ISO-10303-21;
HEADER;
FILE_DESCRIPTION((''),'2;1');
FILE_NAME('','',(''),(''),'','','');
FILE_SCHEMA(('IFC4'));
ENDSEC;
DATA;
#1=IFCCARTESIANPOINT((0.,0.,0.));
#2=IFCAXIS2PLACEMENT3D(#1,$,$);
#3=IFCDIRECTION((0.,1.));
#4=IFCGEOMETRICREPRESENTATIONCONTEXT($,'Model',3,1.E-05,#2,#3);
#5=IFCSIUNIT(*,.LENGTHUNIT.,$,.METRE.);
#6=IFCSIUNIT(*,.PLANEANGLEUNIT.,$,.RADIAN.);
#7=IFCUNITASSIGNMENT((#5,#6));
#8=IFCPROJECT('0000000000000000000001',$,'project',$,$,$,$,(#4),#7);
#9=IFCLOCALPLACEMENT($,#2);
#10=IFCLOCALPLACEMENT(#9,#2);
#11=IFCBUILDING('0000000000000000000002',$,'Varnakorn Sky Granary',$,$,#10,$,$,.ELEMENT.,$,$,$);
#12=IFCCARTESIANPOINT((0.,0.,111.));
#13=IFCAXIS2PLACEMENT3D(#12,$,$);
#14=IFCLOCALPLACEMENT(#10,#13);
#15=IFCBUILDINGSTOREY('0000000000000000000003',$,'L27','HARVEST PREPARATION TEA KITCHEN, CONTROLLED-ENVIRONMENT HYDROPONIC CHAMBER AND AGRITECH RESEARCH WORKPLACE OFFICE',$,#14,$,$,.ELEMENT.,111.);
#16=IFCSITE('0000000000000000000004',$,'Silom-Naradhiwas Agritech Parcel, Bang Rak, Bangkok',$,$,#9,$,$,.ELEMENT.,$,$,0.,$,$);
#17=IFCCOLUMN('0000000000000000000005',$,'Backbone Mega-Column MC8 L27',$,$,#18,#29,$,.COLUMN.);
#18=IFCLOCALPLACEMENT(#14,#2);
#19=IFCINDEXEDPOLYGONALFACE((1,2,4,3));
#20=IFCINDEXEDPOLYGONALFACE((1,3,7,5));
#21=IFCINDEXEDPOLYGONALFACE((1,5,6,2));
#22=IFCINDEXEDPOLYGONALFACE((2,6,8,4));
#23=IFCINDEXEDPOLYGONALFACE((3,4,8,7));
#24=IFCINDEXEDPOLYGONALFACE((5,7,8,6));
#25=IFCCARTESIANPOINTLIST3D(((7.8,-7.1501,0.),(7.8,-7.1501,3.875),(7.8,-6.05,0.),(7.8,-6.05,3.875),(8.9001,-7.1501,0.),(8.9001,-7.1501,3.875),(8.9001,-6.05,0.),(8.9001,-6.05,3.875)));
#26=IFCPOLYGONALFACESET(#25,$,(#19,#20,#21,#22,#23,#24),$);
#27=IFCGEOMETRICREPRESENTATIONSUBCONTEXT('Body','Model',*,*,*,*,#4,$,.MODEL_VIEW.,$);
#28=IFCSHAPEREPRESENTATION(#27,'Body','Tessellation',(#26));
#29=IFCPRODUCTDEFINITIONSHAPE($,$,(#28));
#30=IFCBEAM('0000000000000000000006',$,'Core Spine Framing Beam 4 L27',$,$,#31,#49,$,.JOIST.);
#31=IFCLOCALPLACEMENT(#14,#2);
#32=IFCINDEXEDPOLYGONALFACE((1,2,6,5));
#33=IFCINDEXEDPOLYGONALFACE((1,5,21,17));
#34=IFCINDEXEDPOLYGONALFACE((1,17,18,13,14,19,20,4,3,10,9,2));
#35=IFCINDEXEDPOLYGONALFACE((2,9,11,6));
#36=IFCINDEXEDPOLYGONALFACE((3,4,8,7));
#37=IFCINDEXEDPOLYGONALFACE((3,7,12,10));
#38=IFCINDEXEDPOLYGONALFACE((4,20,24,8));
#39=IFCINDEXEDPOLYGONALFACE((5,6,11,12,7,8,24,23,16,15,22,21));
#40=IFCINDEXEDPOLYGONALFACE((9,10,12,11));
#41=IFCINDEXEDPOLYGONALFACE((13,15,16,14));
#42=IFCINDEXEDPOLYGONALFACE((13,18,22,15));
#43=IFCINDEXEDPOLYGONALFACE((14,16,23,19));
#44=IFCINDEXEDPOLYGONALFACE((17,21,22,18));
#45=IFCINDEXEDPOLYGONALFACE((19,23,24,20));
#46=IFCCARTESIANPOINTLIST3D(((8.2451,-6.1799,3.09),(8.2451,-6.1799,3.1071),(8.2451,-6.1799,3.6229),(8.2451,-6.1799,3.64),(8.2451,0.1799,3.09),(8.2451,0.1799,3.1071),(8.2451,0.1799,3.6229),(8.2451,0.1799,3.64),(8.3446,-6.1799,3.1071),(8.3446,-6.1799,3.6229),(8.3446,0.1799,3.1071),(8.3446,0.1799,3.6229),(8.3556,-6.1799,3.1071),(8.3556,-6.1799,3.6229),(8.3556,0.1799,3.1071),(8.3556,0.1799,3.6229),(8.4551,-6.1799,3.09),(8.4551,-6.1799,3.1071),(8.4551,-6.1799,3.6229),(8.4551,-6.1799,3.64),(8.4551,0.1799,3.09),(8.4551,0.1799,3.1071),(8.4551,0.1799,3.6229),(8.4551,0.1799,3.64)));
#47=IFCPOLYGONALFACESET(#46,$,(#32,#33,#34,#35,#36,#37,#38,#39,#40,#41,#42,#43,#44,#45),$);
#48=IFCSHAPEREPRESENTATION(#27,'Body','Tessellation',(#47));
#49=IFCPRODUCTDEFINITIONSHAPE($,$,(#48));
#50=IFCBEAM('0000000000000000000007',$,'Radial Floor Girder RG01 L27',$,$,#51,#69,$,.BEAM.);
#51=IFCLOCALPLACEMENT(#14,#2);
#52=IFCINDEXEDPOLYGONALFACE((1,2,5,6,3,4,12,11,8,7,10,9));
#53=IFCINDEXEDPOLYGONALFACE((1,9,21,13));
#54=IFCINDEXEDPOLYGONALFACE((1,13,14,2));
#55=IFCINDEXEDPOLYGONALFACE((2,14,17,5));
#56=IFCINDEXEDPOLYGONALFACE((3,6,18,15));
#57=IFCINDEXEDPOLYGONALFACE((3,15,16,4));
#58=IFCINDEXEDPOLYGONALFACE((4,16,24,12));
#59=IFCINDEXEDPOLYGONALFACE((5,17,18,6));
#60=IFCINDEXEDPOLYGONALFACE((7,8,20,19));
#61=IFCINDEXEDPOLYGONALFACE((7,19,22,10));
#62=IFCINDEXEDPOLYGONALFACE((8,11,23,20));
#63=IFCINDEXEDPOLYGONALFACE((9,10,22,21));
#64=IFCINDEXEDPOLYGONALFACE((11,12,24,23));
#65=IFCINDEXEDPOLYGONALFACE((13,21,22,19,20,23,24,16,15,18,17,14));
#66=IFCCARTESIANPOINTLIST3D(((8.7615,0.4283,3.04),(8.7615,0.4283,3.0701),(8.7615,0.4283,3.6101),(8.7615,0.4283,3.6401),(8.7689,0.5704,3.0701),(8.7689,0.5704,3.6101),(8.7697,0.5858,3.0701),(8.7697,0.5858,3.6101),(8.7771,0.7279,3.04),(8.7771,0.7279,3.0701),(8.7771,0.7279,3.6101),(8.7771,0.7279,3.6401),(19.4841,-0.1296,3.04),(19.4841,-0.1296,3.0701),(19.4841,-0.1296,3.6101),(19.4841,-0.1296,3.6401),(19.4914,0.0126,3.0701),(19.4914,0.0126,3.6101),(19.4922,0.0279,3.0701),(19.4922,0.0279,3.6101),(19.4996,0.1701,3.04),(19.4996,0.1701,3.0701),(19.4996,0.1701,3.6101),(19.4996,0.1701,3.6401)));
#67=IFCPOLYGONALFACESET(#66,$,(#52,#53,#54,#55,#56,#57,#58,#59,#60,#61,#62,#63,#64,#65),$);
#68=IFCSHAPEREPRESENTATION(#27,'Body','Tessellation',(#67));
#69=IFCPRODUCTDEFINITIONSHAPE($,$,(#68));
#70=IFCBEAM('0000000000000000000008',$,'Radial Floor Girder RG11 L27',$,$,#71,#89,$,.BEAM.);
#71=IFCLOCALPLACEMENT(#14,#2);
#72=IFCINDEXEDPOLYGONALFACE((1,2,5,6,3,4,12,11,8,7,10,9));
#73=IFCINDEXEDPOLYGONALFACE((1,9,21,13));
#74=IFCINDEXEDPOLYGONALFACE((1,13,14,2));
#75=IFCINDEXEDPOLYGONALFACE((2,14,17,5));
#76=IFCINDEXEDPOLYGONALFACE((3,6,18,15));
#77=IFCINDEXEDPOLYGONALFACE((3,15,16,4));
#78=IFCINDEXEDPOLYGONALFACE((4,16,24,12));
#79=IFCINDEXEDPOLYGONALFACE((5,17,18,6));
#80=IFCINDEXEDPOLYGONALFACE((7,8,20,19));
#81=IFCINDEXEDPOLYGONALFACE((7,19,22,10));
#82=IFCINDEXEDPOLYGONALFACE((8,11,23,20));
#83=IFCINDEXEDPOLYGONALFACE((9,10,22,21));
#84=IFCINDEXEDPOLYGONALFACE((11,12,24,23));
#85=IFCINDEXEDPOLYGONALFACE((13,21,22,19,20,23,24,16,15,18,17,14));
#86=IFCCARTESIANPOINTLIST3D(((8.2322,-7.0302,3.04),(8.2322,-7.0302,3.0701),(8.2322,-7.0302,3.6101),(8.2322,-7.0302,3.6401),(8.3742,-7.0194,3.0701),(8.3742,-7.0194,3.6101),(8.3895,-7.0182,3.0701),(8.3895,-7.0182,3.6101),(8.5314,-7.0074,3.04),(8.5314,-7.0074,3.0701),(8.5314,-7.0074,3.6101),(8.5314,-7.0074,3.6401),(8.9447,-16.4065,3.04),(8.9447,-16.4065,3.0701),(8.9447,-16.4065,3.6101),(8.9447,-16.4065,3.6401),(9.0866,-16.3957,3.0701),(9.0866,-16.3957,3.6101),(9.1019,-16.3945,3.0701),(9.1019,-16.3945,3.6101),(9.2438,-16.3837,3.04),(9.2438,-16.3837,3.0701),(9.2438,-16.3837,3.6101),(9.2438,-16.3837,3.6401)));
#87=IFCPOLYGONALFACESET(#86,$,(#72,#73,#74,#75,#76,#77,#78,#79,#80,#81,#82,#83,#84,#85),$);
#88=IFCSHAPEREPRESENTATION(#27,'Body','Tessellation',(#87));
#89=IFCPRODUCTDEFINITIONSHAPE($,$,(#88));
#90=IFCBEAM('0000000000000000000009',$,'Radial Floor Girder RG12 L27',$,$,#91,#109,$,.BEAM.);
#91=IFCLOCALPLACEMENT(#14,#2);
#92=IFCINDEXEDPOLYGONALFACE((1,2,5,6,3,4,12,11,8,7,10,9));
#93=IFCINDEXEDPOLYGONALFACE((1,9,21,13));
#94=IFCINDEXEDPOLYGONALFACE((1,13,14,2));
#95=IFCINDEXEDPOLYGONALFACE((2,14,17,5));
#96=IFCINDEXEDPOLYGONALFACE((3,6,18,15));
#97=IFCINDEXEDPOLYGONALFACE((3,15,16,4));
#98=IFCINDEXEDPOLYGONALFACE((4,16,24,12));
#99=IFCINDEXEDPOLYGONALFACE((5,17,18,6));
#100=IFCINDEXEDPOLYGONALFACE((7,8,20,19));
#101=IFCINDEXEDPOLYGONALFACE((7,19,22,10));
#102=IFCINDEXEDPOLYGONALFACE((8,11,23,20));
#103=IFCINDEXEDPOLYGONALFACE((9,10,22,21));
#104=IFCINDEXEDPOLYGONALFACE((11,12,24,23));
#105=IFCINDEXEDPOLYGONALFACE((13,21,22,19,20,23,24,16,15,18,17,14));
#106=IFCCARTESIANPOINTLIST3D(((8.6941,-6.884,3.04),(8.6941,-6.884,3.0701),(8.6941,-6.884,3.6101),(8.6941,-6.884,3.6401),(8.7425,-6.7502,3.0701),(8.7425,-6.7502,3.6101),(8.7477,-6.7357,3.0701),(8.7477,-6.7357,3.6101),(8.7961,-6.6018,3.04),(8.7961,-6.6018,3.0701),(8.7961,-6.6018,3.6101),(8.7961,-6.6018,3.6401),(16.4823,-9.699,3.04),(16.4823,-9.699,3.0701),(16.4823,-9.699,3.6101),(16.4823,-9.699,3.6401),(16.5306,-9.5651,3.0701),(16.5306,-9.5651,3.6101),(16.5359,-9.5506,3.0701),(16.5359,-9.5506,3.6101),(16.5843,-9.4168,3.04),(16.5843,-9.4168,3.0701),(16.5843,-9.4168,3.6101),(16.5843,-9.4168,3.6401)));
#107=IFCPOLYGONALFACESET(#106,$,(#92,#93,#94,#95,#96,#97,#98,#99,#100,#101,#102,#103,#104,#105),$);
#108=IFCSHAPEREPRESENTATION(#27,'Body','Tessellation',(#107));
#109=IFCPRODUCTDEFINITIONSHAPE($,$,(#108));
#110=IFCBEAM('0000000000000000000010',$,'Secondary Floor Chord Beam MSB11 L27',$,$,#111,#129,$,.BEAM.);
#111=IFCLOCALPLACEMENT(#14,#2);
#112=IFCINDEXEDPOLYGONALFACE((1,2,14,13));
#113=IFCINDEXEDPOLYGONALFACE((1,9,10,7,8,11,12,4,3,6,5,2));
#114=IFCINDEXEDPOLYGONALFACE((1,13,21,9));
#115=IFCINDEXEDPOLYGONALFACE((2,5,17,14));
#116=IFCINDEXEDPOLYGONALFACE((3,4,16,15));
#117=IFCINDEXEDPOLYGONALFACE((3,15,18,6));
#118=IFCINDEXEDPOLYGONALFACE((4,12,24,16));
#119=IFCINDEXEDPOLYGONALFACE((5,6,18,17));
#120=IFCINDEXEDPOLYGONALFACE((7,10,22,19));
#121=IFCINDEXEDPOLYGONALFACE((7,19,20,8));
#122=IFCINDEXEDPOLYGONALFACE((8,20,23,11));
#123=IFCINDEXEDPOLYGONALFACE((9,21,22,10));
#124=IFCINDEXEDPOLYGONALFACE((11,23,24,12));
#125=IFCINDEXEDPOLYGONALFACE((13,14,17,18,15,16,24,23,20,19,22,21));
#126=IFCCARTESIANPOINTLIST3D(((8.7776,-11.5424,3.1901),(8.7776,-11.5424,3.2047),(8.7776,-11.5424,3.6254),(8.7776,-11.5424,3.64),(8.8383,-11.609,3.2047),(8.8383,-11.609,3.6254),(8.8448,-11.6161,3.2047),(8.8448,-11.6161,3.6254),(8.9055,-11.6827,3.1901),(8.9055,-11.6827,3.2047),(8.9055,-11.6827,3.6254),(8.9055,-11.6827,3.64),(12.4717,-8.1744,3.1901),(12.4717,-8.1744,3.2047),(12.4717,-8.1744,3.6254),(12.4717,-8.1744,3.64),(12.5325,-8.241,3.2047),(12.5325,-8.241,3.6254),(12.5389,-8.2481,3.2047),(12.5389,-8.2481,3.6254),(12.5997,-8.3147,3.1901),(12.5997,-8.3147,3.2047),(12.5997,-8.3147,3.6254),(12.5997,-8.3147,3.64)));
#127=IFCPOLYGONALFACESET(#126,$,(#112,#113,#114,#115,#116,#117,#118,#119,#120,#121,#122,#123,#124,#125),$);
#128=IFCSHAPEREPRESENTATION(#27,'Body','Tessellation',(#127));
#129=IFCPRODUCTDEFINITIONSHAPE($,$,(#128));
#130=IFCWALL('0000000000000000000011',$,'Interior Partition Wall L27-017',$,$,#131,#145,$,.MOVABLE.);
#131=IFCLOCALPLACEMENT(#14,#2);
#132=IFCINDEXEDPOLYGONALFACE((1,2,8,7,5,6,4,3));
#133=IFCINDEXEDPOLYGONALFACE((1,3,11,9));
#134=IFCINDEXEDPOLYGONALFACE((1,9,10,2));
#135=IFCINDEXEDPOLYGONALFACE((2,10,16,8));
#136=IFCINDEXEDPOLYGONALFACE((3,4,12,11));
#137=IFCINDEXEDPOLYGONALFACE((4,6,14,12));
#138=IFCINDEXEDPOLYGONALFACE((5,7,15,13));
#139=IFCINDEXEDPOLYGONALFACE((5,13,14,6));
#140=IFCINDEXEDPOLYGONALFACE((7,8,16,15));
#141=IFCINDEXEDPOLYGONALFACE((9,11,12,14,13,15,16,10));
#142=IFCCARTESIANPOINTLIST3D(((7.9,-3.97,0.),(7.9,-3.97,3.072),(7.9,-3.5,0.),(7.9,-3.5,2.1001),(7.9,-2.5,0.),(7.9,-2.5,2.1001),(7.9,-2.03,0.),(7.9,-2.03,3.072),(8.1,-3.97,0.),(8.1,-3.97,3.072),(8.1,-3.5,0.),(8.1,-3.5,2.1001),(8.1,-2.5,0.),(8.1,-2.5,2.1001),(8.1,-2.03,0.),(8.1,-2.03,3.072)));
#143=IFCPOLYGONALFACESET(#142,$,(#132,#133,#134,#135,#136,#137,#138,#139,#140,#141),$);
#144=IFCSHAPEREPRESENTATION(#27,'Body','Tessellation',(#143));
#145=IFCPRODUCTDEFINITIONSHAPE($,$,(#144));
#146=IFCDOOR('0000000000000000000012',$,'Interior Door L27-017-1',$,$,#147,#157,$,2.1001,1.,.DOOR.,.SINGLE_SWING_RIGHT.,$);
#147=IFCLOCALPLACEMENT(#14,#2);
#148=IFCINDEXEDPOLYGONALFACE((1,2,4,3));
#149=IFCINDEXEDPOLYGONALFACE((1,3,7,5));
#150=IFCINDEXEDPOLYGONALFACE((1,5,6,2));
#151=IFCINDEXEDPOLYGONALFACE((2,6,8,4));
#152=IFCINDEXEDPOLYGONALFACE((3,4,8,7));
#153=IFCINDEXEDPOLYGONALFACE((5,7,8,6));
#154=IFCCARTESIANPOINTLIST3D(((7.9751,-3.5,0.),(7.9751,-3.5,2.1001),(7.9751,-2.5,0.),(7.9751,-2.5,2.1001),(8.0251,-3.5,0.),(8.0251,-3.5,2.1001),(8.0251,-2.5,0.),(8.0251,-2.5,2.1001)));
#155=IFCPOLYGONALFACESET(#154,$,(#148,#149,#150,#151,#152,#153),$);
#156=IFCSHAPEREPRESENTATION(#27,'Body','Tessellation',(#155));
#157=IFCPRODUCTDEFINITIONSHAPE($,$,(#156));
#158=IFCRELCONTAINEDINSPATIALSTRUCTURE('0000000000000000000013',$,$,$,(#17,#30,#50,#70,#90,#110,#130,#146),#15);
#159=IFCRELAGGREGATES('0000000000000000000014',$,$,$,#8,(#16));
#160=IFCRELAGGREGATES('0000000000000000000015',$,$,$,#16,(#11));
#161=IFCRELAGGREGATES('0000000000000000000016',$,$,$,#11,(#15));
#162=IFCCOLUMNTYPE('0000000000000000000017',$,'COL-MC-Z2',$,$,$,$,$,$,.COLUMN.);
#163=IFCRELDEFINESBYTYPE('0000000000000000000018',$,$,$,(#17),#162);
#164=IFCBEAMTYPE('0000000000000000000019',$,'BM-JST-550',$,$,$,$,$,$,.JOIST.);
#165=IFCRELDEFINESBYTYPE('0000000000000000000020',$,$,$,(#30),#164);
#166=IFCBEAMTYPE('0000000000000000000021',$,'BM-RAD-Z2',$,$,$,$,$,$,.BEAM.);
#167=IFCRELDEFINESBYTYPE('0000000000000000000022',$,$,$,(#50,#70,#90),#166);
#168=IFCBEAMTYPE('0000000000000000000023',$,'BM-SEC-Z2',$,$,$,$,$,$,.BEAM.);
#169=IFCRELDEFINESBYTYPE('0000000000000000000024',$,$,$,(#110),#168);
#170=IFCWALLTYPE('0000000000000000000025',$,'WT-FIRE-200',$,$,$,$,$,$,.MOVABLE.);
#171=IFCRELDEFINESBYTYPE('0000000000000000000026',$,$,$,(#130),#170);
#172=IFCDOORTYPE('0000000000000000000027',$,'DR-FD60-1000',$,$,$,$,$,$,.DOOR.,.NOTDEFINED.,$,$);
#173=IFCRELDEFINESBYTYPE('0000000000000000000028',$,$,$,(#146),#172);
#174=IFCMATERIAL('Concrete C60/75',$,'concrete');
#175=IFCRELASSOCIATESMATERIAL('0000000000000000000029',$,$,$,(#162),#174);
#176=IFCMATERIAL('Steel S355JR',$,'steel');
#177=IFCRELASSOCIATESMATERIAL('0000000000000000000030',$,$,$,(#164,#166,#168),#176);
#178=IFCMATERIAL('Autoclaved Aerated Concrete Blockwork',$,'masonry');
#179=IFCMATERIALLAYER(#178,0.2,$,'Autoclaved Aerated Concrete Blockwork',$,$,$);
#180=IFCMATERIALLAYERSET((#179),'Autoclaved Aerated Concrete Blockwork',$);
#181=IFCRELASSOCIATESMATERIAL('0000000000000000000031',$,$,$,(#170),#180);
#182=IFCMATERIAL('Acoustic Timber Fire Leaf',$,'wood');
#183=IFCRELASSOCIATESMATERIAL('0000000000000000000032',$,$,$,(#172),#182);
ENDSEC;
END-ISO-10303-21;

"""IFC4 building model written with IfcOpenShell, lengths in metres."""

from ifc_helpers import new_model, si_unit, direction, frame, frame_2d, origin, origin_2d, place, context, subcontext, project, spatial, rectangle, i_section, extrude, material, layer, layer_set, material_profile, profile_set, type_object, element, fill, save


model = new_model("IFC4")

# Units and contexts
model_context = context("Model", 3, precision=1e-05, world=origin(), true_north=direction((0.0, 1.0)))
body_context = subcontext(model_context, "Body", "Model", "MODEL_VIEW")
ifc_project = project(units=[si_unit("LENGTHUNIT", "METRE"), si_unit("PLANEANGLEUNIT", "RADIAN")], contexts=[model_context])

# Site, building, storey
site_placement = place(None, origin())
site = spatial("IfcSite", under=ifc_project, at=site_placement, Name="Silom-Naradhiwas Agritech Parcel, Bang Rak, Bangkok", CompositionType="ELEMENT", RefElevation=0.0)
building_placement = place(site_placement, origin())
building = spatial("IfcBuilding", under=site, at=building_placement, Name="Varnakorn Sky Granary", CompositionType="ELEMENT")
storey_placement = place(building_placement, frame((0.0, 0.0, 111.0)))
storey = spatial("IfcBuildingStorey", under=building, at=storey_placement, Name="L27", Description="HARVEST PREPARATION TEA KITCHEN, CONTROLLED-ENVIRONMENT HYDROPONIC CHAMBER AND AGRITECH RESEARCH WORKPLACE OFFICE", CompositionType="ELEMENT", Elevation=111.0)

# Column
ifc_material_1 = material(Name="Concrete C60/75", Category="concrete")
ifc_material_profile_1 = material_profile(ifc_material_1, rectangle(XDim=1.1001, YDim=1.1001, at=origin_2d()), Name="RC 1100x1100")
ifc_profile_set_1 = profile_set([ifc_material_profile_1], Name="Concrete C60/75")
column_type = type_object("IfcColumnType", Name="COL-MC-Z2", PredefinedType="COLUMN", material=ifc_profile_set_1)
column_placement = place(storey_placement, frame((8.3501, -6.6001, 0.0), z_axis=(0.0, 0.0, 1.0), x_axis=(1.0, 0.0, 0.0)))
element("IfcColumn", 1, at=column_placement, inside=storey, type_object=column_type, Name="Backbone Mega-Column MC8 L27", PredefinedType="COLUMN", context=body_context, shape_type="SweptSolid", body=[
    extrude(rectangle(XDim=1.1001, YDim=1.1001, at=origin_2d()), origin(), (0.0, 0.0, 1.0), 3.875),
])

# Beams
ifc_material_2 = material(Name="Steel S355JR", Category="steel")
ifc_material_profile_2 = material_profile(ifc_material_2, i_section(OverallWidth=0.21, OverallDepth=0.55, WebThickness=0.011, FlangeThickness=0.0171, at=origin_2d()), Name="IPE 550")
ifc_profile_set_2 = profile_set([ifc_material_profile_2], Name="Steel S355JR")
beam_type_1 = type_object("IfcBeamType", Name="BM-JST-550", PredefinedType="JOIST", material=ifc_profile_set_2)
beam_1_placement = place(storey_placement, frame((8.3501, 0.1799, 3.365), z_axis=(0.0, -1.0, 0.0), x_axis=(1.0, 0.0, 0.0)))
element("IfcBeam", 2, at=beam_1_placement, inside=storey, type_object=beam_type_1, Name="Core Spine Framing Beam 4 L27", PredefinedType="JOIST", context=body_context, shape_type="SweptSolid", body=[
    extrude(i_section(OverallWidth=0.21, OverallDepth=0.55, WebThickness=0.011, FlangeThickness=0.0171, at=origin_2d()), origin(), (0.0, 0.0, 1.0), 6.3599),
])
ifc_material_profile_3 = material_profile(ifc_material_2, i_section(OverallWidth=0.3, OverallDepth=0.6001, WebThickness=0.0154, FlangeThickness=0.03, at=origin_2d()), Name="HE 600 B")
ifc_profile_set_3 = profile_set([ifc_material_profile_3], Name="Steel S355JR")
beam_type_2 = type_object("IfcBeamType", Name="BM-RAD-Z2", PredefinedType="BEAM", material=ifc_profile_set_3)
beam_2_placement = place(storey_placement, frame((8.7693, 0.5781, 3.3401), z_axis=(0.998649, -0.051956, 0.0), x_axis=(0.051956, 0.998649, 0.0)))
element("IfcBeam", 3, at=beam_2_placement, inside=storey, type_object=beam_type_2, Name="Radial Floor Girder RG01 L27", PredefinedType="BEAM", context=body_context, shape_type="SweptSolid", body=[
    extrude(i_section(OverallWidth=0.3, OverallDepth=0.6001, WebThickness=0.0154, FlangeThickness=0.03, at=origin_2d()), origin(), (0.0, 0.0, 1.0), 10.7371),
])
beam_3_placement = place(storey_placement, frame((8.3818, -7.0188, 3.3401), z_axis=(0.075761, -0.997126, 0.0), x_axis=(0.997126, 0.075761, 0.0)))
element("IfcBeam", 4, at=beam_3_placement, inside=storey, type_object=beam_type_2, Name="Radial Floor Girder RG11 L27", PredefinedType="BEAM", context=body_context, shape_type="SweptSolid", body=[
    extrude(i_section(OverallWidth=0.3, OverallDepth=0.6001, WebThickness=0.0154, FlangeThickness=0.03, at=origin_2d()), origin(), (0.0, 0.0, 1.0), 9.4033),
])
beam_4_placement = place(storey_placement, frame((8.7451, -6.7429, 3.3401), z_axis=(0.940454, -0.33992, 0.0), x_axis=(0.33992, 0.940454, 0.0)))
element("IfcBeam", 5, at=beam_4_placement, inside=storey, type_object=beam_type_2, Name="Radial Floor Girder RG12 L27", PredefinedType="BEAM", context=body_context, shape_type="SweptSolid", body=[
    extrude(i_section(OverallWidth=0.3, OverallDepth=0.6001, WebThickness=0.0154, FlangeThickness=0.03, at=origin_2d()), origin(), (0.0, 0.0, 1.0), 8.2812),
])
ifc_material_profile_4 = material_profile(ifc_material_2, i_section(OverallWidth=0.1899, OverallDepth=0.45, WebThickness=0.0095, FlangeThickness=0.0146, at=origin_2d()), Name="IPE 450")
ifc_profile_set_4 = profile_set([ifc_material_profile_4], Name="Steel S355JR")
beam_type_3 = type_object("IfcBeamType", Name="BM-SEC-Z2", PredefinedType="BEAM", material=ifc_profile_set_4)
beam_5_placement = place(storey_placement, frame((8.8416, -11.6125, 3.415), z_axis=(0.738978, 0.67373, 0.0), x_axis=(-0.67373, 0.738978, 0.0)))
element("IfcBeam", 6, at=beam_5_placement, inside=storey, type_object=beam_type_3, Name="Secondary Floor Chord Beam MSB11 L27", PredefinedType="BEAM", context=body_context, shape_type="SweptSolid", body=[
    extrude(i_section(OverallWidth=0.1899, OverallDepth=0.45, WebThickness=0.0095, FlangeThickness=0.0146, at=origin_2d()), origin(), (0.0, 0.0, 1.0), 4.999),
])

# Wall, opening, door
ifc_material_3 = material(Name="Autoclaved Aerated Concrete Blockwork", Category="masonry")
ifc_layer_1 = layer(ifc_material_3, 0.2, Name="Autoclaved Aerated Concrete Blockwork")
ifc_layer_set_1 = layer_set([ifc_layer_1], Name="Autoclaved Aerated Concrete Blockwork")
wall_type_1 = type_object("IfcWallType", Name="WT-FIRE-200", PredefinedType="MOVABLE", material=ifc_layer_set_1)
wall_1_placement = place(storey_placement, frame((8.0, -3.97, 0.0), z_axis=(0.0, 0.0, 1.0), x_axis=(0.0, 1.0, 0.0)))
wall_1 = element("IfcWall", 7, at=wall_1_placement, inside=storey, type_object=wall_type_1, Name="Interior Partition Wall L27-017", PredefinedType="MOVABLE", context=body_context, shape_type="SweptSolid", body=[
    extrude(rectangle(XDim=1.9399, YDim=0.2, at=frame_2d((0.97, 0.0))), origin(), (0.0, 0.0, 1.0), 3.072),
])
opening_1_placement = place(wall_1_placement, frame((0.47, 0.0, 0.0)))
opening_1 = element("IfcOpeningElement", 8, at=opening_1_placement, cuts=wall_1, PredefinedType="OPENING", context=body_context, shape_type="SweptSolid", body=[
    extrude(rectangle(XDim=1.0, YDim=2.1001, at=frame_2d((0.5, 1.05))), frame((0.0, 0.1099, 0.0), z_axis=(0.0, -1.0, 0.0), x_axis=(1.0, 0.0, 0.0)), (0.0, 0.0, 1.0), 0.22),
])
ifc_material_4 = material(Name="Acoustic Timber Fire Leaf", Category="wood")
door_type_1 = type_object("IfcDoorType", Name="DR-FD60-1000", OperationType="NOTDEFINED", PredefinedType="DOOR", material=ifc_material_4)
door_1_placement = place(opening_1_placement, origin())
door_1 = element("IfcDoor", 9, at=door_1_placement, inside=storey, type_object=door_type_1, Name="Interior Door L27-017-1", OperationType="SINGLE_SWING_RIGHT", OverallHeight=2.1001, OverallWidth=1.0, PredefinedType="DOOR", context=body_context, shape_type="SweptSolid", body=[
    extrude(rectangle(XDim=1.0, YDim=2.1001, at=frame_2d((0.5, 1.05))), frame((0.0, 0.0249, 0.0), z_axis=(0.0, -1.0, 0.0), x_axis=(1.0, 0.0, 0.0)), (0.0, 0.0, 1.0), 0.05),
])
fill(opening_1, door_1)

save(model, "model.ifc")
